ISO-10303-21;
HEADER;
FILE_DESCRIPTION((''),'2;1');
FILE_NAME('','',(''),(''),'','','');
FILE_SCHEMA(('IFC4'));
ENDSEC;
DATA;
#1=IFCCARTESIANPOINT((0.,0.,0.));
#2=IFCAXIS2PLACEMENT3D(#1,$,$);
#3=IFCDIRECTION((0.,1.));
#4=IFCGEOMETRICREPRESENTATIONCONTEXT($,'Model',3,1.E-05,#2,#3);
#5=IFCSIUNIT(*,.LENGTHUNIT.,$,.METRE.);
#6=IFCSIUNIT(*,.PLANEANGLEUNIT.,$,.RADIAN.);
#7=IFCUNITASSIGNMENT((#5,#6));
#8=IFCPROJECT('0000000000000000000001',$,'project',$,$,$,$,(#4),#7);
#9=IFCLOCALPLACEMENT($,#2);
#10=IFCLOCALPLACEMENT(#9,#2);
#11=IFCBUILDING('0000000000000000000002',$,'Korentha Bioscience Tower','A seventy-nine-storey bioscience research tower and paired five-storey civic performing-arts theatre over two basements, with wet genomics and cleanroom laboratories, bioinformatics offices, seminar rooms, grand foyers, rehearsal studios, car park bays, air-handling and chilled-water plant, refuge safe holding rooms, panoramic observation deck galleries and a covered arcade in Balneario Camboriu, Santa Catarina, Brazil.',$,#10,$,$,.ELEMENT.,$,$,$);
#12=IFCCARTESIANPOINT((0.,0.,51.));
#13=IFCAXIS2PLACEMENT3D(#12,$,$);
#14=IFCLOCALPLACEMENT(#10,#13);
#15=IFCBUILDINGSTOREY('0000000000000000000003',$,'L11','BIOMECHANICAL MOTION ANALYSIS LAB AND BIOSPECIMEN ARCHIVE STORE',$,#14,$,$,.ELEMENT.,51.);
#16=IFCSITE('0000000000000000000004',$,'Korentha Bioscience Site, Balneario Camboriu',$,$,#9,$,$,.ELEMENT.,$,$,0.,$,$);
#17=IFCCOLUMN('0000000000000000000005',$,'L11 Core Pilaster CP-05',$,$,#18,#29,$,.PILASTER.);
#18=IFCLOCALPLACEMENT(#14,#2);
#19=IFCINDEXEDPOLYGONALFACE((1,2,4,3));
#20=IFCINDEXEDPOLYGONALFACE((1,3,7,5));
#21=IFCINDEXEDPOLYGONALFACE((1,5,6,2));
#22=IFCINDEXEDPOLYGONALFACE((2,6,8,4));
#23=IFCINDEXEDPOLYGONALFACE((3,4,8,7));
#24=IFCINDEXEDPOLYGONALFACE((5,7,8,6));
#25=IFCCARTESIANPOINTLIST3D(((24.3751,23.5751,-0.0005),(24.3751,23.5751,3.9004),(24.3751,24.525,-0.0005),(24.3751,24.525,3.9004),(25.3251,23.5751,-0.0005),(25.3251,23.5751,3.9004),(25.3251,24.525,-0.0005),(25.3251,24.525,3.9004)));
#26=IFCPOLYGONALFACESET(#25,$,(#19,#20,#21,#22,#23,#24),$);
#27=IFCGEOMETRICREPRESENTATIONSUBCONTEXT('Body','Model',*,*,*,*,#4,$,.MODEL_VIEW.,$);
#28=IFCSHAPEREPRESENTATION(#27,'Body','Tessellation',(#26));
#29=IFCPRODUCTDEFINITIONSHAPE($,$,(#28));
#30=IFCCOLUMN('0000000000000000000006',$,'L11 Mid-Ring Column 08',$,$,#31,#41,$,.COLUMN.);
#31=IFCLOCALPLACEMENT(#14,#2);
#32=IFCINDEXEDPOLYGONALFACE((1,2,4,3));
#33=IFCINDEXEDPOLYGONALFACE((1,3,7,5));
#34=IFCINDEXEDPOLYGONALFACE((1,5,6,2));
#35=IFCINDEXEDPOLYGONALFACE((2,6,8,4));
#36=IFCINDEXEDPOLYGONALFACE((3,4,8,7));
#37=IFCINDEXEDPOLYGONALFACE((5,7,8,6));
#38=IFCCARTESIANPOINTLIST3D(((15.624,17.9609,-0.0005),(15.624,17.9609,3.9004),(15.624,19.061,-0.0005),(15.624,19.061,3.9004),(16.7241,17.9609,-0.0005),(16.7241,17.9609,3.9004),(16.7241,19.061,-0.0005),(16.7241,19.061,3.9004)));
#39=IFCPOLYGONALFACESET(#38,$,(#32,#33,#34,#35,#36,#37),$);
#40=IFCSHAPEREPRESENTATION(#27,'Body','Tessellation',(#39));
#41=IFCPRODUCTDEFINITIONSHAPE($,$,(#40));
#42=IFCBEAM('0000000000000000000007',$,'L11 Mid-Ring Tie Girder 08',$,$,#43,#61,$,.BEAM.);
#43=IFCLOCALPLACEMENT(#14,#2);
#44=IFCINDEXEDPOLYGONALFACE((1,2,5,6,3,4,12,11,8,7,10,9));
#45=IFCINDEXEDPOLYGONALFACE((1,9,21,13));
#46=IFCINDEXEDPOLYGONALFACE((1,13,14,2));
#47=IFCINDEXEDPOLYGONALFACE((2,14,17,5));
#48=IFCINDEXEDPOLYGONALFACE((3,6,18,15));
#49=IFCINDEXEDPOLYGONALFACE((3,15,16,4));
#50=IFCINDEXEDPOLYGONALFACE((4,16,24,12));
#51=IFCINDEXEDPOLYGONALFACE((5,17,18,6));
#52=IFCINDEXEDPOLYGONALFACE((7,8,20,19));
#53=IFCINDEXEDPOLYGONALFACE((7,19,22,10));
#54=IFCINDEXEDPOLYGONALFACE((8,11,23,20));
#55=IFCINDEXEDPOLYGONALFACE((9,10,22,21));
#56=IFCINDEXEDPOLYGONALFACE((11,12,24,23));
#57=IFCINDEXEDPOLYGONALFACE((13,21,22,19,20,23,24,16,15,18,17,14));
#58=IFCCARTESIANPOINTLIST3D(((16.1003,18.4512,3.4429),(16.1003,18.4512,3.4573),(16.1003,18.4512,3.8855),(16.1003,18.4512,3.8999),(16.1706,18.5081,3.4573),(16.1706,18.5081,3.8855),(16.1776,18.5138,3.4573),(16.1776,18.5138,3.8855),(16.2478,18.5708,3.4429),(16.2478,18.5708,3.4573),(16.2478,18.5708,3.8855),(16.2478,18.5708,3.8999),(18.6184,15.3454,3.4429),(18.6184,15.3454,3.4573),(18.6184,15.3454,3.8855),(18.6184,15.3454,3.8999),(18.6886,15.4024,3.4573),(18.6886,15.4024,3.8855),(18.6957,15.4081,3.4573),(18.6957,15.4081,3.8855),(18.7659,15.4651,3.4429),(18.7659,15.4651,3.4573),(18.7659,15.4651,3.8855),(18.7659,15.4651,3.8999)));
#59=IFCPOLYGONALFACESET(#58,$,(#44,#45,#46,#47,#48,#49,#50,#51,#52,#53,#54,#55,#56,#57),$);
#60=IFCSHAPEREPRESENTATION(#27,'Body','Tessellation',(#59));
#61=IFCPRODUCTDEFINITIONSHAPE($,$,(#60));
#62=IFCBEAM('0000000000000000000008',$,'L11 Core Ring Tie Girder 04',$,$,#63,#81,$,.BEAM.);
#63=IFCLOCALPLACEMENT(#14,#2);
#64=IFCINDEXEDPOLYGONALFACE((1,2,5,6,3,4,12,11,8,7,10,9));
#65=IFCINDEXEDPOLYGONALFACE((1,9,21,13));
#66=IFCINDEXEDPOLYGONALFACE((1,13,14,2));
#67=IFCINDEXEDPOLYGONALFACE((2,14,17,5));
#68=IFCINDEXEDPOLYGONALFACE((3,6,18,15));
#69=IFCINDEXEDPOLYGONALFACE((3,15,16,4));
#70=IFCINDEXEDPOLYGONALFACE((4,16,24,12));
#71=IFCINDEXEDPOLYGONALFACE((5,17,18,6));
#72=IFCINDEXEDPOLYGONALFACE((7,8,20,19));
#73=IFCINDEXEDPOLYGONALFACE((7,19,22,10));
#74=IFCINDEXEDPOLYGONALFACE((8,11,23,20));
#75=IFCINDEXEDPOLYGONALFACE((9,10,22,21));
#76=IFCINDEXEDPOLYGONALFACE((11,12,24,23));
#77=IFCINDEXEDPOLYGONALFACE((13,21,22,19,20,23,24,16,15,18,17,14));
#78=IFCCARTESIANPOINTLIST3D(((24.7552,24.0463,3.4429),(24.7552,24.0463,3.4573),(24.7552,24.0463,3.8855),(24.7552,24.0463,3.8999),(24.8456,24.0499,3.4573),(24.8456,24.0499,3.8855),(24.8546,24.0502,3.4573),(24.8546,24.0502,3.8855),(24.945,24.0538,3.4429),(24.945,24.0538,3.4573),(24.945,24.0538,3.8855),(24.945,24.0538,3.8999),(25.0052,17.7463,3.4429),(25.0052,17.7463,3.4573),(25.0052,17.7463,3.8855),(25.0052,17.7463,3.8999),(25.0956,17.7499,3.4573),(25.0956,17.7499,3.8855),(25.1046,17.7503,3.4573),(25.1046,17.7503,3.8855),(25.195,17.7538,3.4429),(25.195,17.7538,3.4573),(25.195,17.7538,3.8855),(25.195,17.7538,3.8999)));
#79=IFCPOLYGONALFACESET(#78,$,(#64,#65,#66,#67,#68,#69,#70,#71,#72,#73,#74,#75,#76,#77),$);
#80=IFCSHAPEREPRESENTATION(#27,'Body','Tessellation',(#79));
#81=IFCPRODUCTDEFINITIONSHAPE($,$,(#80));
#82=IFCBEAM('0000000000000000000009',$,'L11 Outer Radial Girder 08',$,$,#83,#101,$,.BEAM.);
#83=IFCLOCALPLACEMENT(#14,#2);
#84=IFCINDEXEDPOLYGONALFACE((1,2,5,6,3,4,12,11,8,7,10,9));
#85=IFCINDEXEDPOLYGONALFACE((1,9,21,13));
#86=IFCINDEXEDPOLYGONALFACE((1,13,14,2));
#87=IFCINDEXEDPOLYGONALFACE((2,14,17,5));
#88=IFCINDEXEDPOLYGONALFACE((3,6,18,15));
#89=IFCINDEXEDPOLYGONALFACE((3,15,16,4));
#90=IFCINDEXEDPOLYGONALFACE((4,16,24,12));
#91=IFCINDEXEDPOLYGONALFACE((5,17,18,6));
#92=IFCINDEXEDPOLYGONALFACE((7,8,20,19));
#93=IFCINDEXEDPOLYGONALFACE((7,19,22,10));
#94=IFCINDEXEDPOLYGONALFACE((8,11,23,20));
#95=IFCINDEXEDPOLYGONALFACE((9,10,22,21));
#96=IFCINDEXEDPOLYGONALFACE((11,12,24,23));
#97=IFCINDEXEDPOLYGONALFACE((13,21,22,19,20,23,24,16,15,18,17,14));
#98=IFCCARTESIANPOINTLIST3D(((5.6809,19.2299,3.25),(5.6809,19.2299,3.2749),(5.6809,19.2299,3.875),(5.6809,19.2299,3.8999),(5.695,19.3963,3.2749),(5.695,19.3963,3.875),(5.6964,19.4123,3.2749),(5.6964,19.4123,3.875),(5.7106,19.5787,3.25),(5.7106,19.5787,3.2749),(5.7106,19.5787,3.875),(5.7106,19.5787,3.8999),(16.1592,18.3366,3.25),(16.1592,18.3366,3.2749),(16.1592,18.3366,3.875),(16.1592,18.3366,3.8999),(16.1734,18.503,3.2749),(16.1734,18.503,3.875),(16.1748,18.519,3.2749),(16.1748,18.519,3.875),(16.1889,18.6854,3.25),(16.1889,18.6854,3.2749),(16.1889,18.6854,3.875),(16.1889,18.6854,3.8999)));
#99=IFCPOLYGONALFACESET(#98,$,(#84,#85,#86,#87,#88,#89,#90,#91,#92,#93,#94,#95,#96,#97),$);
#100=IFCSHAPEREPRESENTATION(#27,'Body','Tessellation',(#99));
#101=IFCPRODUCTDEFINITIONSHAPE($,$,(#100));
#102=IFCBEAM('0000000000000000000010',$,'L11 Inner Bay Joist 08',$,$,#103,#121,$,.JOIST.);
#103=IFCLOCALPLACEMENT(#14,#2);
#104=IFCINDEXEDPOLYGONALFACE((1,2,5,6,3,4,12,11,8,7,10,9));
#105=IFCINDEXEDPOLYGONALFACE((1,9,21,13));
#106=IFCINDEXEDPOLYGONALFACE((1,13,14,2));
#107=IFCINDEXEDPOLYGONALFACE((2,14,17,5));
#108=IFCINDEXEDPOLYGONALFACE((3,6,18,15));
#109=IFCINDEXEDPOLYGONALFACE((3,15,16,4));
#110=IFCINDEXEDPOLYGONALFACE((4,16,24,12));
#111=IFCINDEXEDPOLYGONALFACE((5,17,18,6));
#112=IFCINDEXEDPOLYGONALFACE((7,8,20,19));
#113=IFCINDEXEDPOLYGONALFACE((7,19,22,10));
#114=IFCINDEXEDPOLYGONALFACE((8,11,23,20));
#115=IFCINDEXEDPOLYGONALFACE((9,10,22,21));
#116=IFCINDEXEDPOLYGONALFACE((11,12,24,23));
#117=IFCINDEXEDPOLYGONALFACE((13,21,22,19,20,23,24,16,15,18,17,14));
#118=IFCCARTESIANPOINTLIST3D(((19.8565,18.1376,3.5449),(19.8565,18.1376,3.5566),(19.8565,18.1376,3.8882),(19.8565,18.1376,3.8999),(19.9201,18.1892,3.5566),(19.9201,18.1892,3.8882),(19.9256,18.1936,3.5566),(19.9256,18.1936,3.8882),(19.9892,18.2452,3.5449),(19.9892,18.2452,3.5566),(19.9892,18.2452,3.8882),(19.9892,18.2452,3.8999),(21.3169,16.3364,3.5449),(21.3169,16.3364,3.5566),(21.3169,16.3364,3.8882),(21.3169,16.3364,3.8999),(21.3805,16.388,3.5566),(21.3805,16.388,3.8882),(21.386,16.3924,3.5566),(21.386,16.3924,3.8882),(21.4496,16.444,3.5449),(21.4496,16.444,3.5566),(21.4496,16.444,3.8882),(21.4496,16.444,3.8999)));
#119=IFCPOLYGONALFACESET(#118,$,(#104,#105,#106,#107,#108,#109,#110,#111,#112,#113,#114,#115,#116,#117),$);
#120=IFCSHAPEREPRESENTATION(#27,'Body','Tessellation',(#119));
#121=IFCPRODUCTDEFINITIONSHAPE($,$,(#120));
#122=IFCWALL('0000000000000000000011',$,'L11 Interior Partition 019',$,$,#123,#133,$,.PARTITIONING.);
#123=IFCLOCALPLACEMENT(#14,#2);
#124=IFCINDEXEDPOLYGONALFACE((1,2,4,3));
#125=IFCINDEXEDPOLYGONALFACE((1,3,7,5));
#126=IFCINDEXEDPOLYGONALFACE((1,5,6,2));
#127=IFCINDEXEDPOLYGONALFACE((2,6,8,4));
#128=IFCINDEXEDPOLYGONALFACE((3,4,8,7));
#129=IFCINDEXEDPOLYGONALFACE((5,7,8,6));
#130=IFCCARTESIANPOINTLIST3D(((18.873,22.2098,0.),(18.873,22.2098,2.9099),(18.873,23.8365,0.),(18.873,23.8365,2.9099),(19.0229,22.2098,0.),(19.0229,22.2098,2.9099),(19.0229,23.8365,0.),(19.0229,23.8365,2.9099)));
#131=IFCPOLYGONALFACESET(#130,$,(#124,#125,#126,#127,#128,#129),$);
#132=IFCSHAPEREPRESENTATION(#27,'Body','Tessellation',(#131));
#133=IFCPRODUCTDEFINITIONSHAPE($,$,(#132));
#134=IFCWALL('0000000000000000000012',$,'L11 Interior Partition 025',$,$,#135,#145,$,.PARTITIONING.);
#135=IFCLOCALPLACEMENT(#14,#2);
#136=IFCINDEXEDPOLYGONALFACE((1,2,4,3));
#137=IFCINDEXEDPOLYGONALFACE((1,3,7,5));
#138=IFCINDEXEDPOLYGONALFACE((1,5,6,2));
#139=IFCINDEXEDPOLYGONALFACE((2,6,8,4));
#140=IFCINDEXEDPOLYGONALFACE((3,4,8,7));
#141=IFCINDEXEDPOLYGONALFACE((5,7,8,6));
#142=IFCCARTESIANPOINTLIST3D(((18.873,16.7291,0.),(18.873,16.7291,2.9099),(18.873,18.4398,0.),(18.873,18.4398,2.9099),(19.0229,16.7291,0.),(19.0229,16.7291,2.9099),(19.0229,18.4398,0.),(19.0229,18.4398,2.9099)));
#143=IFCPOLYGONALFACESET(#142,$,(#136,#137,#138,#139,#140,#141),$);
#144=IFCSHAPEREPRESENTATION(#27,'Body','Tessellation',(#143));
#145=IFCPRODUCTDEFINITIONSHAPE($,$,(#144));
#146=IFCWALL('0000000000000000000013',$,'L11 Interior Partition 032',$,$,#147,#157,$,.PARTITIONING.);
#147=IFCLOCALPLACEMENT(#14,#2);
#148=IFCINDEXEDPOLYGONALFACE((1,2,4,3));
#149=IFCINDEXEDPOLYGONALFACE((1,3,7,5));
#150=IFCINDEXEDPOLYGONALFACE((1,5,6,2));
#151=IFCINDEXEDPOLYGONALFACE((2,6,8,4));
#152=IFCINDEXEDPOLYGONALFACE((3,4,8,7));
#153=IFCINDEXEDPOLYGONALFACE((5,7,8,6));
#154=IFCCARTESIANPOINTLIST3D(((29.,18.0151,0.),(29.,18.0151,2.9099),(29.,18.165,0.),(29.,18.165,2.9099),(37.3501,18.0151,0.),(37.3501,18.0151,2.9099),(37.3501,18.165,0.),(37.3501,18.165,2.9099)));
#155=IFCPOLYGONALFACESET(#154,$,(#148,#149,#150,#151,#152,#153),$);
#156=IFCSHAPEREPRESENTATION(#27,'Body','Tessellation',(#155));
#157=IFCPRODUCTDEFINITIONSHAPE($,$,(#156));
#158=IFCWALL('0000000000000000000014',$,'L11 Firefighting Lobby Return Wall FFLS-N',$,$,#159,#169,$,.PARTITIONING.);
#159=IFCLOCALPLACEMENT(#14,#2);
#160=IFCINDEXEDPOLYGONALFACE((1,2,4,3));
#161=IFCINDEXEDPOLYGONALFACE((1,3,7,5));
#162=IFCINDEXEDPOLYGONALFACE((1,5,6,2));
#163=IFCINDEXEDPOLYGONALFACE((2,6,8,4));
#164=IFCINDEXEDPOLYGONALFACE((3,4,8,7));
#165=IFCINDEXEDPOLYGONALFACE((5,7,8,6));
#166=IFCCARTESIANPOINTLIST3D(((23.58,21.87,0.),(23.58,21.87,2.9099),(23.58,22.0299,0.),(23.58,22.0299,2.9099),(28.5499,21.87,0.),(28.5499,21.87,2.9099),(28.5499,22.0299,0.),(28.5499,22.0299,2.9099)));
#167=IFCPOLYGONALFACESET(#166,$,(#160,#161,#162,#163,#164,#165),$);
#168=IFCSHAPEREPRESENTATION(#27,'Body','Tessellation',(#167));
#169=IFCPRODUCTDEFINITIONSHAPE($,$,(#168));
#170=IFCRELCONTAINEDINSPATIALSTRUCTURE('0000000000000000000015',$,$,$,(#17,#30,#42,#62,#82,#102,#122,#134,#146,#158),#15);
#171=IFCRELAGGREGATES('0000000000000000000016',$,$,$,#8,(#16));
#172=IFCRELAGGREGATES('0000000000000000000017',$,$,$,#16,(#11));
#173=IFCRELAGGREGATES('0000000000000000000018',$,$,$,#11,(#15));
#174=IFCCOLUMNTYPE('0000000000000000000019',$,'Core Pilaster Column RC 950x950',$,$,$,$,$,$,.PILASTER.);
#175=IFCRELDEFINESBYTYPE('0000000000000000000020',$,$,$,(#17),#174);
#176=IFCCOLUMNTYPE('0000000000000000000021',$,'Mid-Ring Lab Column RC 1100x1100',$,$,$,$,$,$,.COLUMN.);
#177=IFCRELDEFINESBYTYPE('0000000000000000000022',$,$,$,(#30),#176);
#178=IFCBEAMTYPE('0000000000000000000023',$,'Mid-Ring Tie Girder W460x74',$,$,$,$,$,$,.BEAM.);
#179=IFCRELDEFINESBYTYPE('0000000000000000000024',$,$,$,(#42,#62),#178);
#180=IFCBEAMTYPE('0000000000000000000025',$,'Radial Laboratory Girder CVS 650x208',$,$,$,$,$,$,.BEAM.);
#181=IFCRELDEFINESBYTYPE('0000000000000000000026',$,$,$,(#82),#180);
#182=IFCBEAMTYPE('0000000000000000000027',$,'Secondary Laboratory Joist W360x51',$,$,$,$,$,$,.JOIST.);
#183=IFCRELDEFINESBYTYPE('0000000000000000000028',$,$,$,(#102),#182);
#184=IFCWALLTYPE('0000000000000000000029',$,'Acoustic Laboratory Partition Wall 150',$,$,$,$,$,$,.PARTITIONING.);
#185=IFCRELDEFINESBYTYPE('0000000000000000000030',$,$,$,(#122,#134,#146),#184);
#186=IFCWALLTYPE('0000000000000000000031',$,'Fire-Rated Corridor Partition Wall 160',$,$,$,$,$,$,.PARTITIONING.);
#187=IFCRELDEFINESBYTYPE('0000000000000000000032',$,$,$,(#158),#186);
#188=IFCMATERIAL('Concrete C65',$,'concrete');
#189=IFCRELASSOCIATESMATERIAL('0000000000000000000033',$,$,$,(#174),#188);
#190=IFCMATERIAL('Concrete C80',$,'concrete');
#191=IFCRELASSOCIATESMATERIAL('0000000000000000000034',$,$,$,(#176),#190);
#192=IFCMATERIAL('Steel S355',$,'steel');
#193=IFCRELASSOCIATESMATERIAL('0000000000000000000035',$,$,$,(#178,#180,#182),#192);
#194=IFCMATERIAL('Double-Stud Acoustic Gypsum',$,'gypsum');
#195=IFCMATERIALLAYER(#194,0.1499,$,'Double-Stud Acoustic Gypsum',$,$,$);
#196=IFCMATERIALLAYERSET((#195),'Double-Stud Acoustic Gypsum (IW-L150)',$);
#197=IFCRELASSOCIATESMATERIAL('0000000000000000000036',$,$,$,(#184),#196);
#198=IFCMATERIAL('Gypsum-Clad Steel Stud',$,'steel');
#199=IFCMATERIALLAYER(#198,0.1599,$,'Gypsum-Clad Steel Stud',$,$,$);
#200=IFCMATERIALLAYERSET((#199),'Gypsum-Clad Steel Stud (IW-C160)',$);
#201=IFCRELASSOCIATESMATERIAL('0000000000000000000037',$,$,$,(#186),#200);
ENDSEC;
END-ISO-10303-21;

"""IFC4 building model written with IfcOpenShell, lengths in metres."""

from ifc_helpers import new_model, si_unit, direction, frame, frame_2d, origin, origin_2d, place, context, subcontext, project, spatial, rectangle, i_section, extrude, material, layer, layer_set, material_profile, profile_set, type_object, element, save


model = new_model("IFC4")

# Units and contexts
model_context = context("Model", 3, precision=1e-05, world=origin(), true_north=direction((0.0, 1.0)))
body_context = subcontext(model_context, "Body", "Model", "MODEL_VIEW")
ifc_project = project(units=[si_unit("LENGTHUNIT", "METRE"), si_unit("PLANEANGLEUNIT", "RADIAN")], contexts=[model_context])

# Site, building, storey
site_placement = place(None, origin())
site = spatial("IfcSite", under=ifc_project, at=site_placement, Name="Korentha Bioscience Site, Balneario Camboriu", CompositionType="ELEMENT", RefElevation=0.0)
building_placement = place(site_placement, origin())
building = spatial("IfcBuilding", under=site, at=building_placement, Name="Korentha Bioscience Tower", Description="A seventy-nine-storey bioscience research tower and paired five-storey civic performing-arts theatre over two basements, with wet genomics and cleanroom laboratories, bioinformatics offices, seminar rooms, grand foyers, rehearsal studios, car park bays, air-handling and chilled-water plant, refuge safe holding rooms, panoramic observation deck galleries and a covered arcade in Balneario Camboriu, Santa Catarina, Brazil.", CompositionType="ELEMENT")
storey_placement = place(building_placement, frame((0.0, 0.0, 51.0)))
storey = spatial("IfcBuildingStorey", under=building, at=storey_placement, Name="L11", Description="BIOMECHANICAL MOTION ANALYSIS LAB AND BIOSPECIMEN ARCHIVE STORE", CompositionType="ELEMENT", Elevation=51.0)

# Columns
ifc_material_1 = material(Name="Concrete C65", Category="concrete")
ifc_material_profile_1 = material_profile(ifc_material_1, rectangle(XDim=0.95, YDim=0.95, at=origin_2d()), Name="Concrete C65")
ifc_profile_set_1 = profile_set([ifc_material_profile_1], Name="Concrete C65 (COL-CP09)")
column_type_1 = type_object("IfcColumnType", Name="Core Pilaster Column RC 950x950", PredefinedType="PILASTER", material=ifc_profile_set_1)
column_1_placement = place(storey_placement, frame((24.8501, 24.05, -0.0005), z_axis=(0.0, 0.0, 1.0), x_axis=(1.0, 0.0, 0.0)))
element("IfcColumn", 1, at=column_1_placement, inside=storey, type_object=column_type_1, Name="L11 Core Pilaster CP-05", PredefinedType="PILASTER", context=body_context, shape_type="SweptSolid", body=[
    extrude(rectangle(XDim=0.95, YDim=0.95, at=origin_2d()), origin(), (0.0, 0.0, 1.0), 3.9009),
])
ifc_material_2 = material(Name="Concrete C80", Category="concrete")
ifc_material_profile_2 = material_profile(ifc_material_2, rectangle(XDim=1.1001, YDim=1.1001, at=origin_2d()), Name="Concrete C80")
ifc_profile_set_2 = profile_set([ifc_material_profile_2], Name="Concrete C80 (COL-MR11)")
column_type_2 = type_object("IfcColumnType", Name="Mid-Ring Lab Column RC 1100x1100", PredefinedType="COLUMN", material=ifc_profile_set_2)
column_2_placement = place(storey_placement, frame((16.1741, 18.511, -0.0005), z_axis=(0.0, 0.0, 1.0), x_axis=(1.0, 0.0, 0.0)))
element("IfcColumn", 2, at=column_2_placement, inside=storey, type_object=column_type_2, Name="L11 Mid-Ring Column 08", PredefinedType="COLUMN", context=body_context, shape_type="SweptSolid", body=[
    extrude(rectangle(XDim=1.1001, YDim=1.1001, at=origin_2d()), origin(), (0.0, 0.0, 1.0), 3.9009),
])

# Beams
ifc_material_3 = material(Name="Steel S355", Category="steel")
ifc_material_profile_3 = material_profile(ifc_material_3, i_section(OverallWidth=0.1899, OverallDepth=0.457, WebThickness=0.009, FlangeThickness=0.0144, at=origin_2d()), Name="Steel S355")
ifc_profile_set_3 = profile_set([ifc_material_profile_3], Name="Steel S355 (MB-460)")
beam_type_1 = type_object("IfcBeamType", Name="Mid-Ring Tie Girder W460x74", PredefinedType="BEAM", material=ifc_profile_set_3)
beam_1_placement = place(storey_placement, frame((16.1741, 18.511, 3.6714), z_axis=(0.62979, -0.776765, 0.0), x_axis=(0.776765, 0.62979, 0.0)))
element("IfcBeam", 3, at=beam_1_placement, inside=storey, type_object=beam_type_1, Name="L11 Mid-Ring Tie Girder 08", PredefinedType="BEAM", context=body_context, shape_type="SweptSolid", body=[
    extrude(i_section(OverallWidth=0.1899, OverallDepth=0.457, WebThickness=0.009, FlangeThickness=0.0144, at=origin_2d()), origin(), (0.0, 0.0, 1.0), 3.9983),
])
beam_2_placement = place(storey_placement, frame((24.8501, 24.05, 3.6714), z_axis=(0.039651, -0.999214, 0.0), x_axis=(0.999214, 0.039651, 0.0)))
element("IfcBeam", 4, at=beam_2_placement, inside=storey, type_object=beam_type_1, Name="L11 Core Ring Tie Girder 04", PredefinedType="BEAM", context=body_context, shape_type="SweptSolid", body=[
    extrude(i_section(OverallWidth=0.1899, OverallDepth=0.457, WebThickness=0.009, FlangeThickness=0.0144, at=origin_2d()), origin(), (0.0, 0.0, 1.0), 6.3049),
])
ifc_material_profile_4 = material_profile(ifc_material_3, i_section(OverallWidth=0.3501, OverallDepth=0.6499, WebThickness=0.0161, FlangeThickness=0.0249, at=origin_2d()), Name="Steel S355")
ifc_profile_set_4 = profile_set([ifc_material_profile_4], Name="Steel S355 (RB-650)")
beam_type_2 = type_object("IfcBeamType", Name="Radial Laboratory Girder CVS 650x208", PredefinedType="BEAM", material=ifc_profile_set_4)
beam_3_placement = place(storey_placement, frame((16.1741, 18.511, 3.575), z_axis=(-0.996386, 0.084945, 0.0), x_axis=(-0.084945, -0.996386, 0.0)))
element("IfcBeam", 5, at=beam_3_placement, inside=storey, type_object=beam_type_2, Name="L11 Outer Radial Girder 08", PredefinedType="BEAM", context=body_context, shape_type="SweptSolid", body=[
    extrude(i_section(OverallWidth=0.3501, OverallDepth=0.6499, WebThickness=0.0161, FlangeThickness=0.0249, at=origin_2d()), origin(), (0.0, 0.0, 1.0), 10.5164),
])
ifc_material_profile_5 = material_profile(ifc_material_3, i_section(OverallWidth=0.1709, OverallDepth=0.355, WebThickness=0.0071, FlangeThickness=0.0117, at=origin_2d()), Name="Steel S355")
ifc_profile_set_5 = profile_set([ifc_material_profile_5], Name="Steel S355 (JB-360)")
beam_type_3 = type_object("IfcBeamType", Name="Secondary Laboratory Joist W360x51", PredefinedType="JOIST", material=ifc_profile_set_5)
beam_4_placement = place(storey_placement, frame((19.9229, 18.1914, 3.7224), z_axis=(0.629792, -0.776764, 0.0), x_axis=(0.776764, 0.629792, 0.0)))
element("IfcBeam", 6, at=beam_4_placement, inside=storey, type_object=beam_type_3, Name="L11 Inner Bay Joist 08", PredefinedType="JOIST", context=body_context, shape_type="SweptSolid", body=[
    extrude(i_section(OverallWidth=0.1709, OverallDepth=0.355, WebThickness=0.0071, FlangeThickness=0.0117, at=origin_2d()), origin(), (0.0, 0.0, 1.0), 2.3188),
])

# Shared definitions
ifc_material_4 = material(Name="Double-Stud Acoustic Gypsum", Category="gypsum")
ifc_layer_1 = layer(ifc_material_4, 0.1499, Name="Double-Stud Acoustic Gypsum")
ifc_layer_set_1 = layer_set([ifc_layer_1], Name="Double-Stud Acoustic Gypsum (IW-L150)")
wall_type_1 = type_object("IfcWallType", Name="Acoustic Laboratory Partition Wall 150", PredefinedType="PARTITIONING", material=ifc_layer_set_1)

# Walls
wall_1_placement = place(storey_placement, frame((18.948, 23.8367, 0.0), z_axis=(0.0, 0.0, 1.0), x_axis=(0.0, -1.0, 0.0)))
element("IfcWall", 7, at=wall_1_placement, inside=storey, type_object=wall_type_1, Name="L11 Interior Partition 019", PredefinedType="PARTITIONING", context=body_context, shape_type="SweptSolid", body=[
    extrude(rectangle(XDim=1.6267, YDim=0.1499, at=frame_2d((0.8135, 0.0))), origin(), (0.0, 0.0, 1.0), 2.9099),
])
wall_2_placement = place(storey_placement, frame((18.948, 18.4399, 0.0), z_axis=(0.0, 0.0, 1.0), x_axis=(0.0, -1.0, 0.0)))
element("IfcWall", 8, at=wall_2_placement, inside=storey, type_object=wall_type_1, Name="L11 Interior Partition 025", PredefinedType="PARTITIONING", context=body_context, shape_type="SweptSolid", body=[
    extrude(rectangle(XDim=1.7107, YDim=0.1499, at=frame_2d((0.8555, 0.0))), origin(), (0.0, 0.0, 1.0), 2.9099),
])
wall_3_placement = place(storey_placement, frame((29.0, 18.0901, 0.0), z_axis=(0.0, 0.0, 1.0), x_axis=(1.0, 0.0, 0.0)))
element("IfcWall", 9, at=wall_3_placement, inside=storey, type_object=wall_type_1, Name="L11 Interior Partition 032", PredefinedType="PARTITIONING", context=body_context, shape_type="SweptSolid", body=[
    extrude(rectangle(XDim=8.3501, YDim=0.1499, at=frame_2d((4.175, 0.0))), origin(), (0.0, 0.0, 1.0), 2.9099),
])

# Shared definitions
ifc_material_5 = material(Name="Gypsum-Clad Steel Stud", Category="steel")
ifc_layer_2 = layer(ifc_material_5, 0.1599, Name="Gypsum-Clad Steel Stud")
ifc_layer_set_2 = layer_set([ifc_layer_2], Name="Gypsum-Clad Steel Stud (IW-C160)")
wall_type_2 = type_object("IfcWallType", Name="Fire-Rated Corridor Partition Wall 160", PredefinedType="PARTITIONING", material=ifc_layer_set_2)

# Wall
wall_4_placement = place(storey_placement, frame((23.5801, 21.95, 0.0), z_axis=(0.0, 0.0, 1.0), x_axis=(1.0, 0.0, 0.0)))
element("IfcWall", 10, at=wall_4_placement, inside=storey, type_object=wall_type_2, Name="L11 Firefighting Lobby Return Wall FFLS-N", PredefinedType="PARTITIONING", context=body_context, shape_type="SweptSolid", body=[
    extrude(rectangle(XDim=4.97, YDim=0.1599, at=frame_2d((2.4849, 0.0))), origin(), (0.0, 0.0, 1.0), 2.9099),
])

save(model, "model.ifc")
